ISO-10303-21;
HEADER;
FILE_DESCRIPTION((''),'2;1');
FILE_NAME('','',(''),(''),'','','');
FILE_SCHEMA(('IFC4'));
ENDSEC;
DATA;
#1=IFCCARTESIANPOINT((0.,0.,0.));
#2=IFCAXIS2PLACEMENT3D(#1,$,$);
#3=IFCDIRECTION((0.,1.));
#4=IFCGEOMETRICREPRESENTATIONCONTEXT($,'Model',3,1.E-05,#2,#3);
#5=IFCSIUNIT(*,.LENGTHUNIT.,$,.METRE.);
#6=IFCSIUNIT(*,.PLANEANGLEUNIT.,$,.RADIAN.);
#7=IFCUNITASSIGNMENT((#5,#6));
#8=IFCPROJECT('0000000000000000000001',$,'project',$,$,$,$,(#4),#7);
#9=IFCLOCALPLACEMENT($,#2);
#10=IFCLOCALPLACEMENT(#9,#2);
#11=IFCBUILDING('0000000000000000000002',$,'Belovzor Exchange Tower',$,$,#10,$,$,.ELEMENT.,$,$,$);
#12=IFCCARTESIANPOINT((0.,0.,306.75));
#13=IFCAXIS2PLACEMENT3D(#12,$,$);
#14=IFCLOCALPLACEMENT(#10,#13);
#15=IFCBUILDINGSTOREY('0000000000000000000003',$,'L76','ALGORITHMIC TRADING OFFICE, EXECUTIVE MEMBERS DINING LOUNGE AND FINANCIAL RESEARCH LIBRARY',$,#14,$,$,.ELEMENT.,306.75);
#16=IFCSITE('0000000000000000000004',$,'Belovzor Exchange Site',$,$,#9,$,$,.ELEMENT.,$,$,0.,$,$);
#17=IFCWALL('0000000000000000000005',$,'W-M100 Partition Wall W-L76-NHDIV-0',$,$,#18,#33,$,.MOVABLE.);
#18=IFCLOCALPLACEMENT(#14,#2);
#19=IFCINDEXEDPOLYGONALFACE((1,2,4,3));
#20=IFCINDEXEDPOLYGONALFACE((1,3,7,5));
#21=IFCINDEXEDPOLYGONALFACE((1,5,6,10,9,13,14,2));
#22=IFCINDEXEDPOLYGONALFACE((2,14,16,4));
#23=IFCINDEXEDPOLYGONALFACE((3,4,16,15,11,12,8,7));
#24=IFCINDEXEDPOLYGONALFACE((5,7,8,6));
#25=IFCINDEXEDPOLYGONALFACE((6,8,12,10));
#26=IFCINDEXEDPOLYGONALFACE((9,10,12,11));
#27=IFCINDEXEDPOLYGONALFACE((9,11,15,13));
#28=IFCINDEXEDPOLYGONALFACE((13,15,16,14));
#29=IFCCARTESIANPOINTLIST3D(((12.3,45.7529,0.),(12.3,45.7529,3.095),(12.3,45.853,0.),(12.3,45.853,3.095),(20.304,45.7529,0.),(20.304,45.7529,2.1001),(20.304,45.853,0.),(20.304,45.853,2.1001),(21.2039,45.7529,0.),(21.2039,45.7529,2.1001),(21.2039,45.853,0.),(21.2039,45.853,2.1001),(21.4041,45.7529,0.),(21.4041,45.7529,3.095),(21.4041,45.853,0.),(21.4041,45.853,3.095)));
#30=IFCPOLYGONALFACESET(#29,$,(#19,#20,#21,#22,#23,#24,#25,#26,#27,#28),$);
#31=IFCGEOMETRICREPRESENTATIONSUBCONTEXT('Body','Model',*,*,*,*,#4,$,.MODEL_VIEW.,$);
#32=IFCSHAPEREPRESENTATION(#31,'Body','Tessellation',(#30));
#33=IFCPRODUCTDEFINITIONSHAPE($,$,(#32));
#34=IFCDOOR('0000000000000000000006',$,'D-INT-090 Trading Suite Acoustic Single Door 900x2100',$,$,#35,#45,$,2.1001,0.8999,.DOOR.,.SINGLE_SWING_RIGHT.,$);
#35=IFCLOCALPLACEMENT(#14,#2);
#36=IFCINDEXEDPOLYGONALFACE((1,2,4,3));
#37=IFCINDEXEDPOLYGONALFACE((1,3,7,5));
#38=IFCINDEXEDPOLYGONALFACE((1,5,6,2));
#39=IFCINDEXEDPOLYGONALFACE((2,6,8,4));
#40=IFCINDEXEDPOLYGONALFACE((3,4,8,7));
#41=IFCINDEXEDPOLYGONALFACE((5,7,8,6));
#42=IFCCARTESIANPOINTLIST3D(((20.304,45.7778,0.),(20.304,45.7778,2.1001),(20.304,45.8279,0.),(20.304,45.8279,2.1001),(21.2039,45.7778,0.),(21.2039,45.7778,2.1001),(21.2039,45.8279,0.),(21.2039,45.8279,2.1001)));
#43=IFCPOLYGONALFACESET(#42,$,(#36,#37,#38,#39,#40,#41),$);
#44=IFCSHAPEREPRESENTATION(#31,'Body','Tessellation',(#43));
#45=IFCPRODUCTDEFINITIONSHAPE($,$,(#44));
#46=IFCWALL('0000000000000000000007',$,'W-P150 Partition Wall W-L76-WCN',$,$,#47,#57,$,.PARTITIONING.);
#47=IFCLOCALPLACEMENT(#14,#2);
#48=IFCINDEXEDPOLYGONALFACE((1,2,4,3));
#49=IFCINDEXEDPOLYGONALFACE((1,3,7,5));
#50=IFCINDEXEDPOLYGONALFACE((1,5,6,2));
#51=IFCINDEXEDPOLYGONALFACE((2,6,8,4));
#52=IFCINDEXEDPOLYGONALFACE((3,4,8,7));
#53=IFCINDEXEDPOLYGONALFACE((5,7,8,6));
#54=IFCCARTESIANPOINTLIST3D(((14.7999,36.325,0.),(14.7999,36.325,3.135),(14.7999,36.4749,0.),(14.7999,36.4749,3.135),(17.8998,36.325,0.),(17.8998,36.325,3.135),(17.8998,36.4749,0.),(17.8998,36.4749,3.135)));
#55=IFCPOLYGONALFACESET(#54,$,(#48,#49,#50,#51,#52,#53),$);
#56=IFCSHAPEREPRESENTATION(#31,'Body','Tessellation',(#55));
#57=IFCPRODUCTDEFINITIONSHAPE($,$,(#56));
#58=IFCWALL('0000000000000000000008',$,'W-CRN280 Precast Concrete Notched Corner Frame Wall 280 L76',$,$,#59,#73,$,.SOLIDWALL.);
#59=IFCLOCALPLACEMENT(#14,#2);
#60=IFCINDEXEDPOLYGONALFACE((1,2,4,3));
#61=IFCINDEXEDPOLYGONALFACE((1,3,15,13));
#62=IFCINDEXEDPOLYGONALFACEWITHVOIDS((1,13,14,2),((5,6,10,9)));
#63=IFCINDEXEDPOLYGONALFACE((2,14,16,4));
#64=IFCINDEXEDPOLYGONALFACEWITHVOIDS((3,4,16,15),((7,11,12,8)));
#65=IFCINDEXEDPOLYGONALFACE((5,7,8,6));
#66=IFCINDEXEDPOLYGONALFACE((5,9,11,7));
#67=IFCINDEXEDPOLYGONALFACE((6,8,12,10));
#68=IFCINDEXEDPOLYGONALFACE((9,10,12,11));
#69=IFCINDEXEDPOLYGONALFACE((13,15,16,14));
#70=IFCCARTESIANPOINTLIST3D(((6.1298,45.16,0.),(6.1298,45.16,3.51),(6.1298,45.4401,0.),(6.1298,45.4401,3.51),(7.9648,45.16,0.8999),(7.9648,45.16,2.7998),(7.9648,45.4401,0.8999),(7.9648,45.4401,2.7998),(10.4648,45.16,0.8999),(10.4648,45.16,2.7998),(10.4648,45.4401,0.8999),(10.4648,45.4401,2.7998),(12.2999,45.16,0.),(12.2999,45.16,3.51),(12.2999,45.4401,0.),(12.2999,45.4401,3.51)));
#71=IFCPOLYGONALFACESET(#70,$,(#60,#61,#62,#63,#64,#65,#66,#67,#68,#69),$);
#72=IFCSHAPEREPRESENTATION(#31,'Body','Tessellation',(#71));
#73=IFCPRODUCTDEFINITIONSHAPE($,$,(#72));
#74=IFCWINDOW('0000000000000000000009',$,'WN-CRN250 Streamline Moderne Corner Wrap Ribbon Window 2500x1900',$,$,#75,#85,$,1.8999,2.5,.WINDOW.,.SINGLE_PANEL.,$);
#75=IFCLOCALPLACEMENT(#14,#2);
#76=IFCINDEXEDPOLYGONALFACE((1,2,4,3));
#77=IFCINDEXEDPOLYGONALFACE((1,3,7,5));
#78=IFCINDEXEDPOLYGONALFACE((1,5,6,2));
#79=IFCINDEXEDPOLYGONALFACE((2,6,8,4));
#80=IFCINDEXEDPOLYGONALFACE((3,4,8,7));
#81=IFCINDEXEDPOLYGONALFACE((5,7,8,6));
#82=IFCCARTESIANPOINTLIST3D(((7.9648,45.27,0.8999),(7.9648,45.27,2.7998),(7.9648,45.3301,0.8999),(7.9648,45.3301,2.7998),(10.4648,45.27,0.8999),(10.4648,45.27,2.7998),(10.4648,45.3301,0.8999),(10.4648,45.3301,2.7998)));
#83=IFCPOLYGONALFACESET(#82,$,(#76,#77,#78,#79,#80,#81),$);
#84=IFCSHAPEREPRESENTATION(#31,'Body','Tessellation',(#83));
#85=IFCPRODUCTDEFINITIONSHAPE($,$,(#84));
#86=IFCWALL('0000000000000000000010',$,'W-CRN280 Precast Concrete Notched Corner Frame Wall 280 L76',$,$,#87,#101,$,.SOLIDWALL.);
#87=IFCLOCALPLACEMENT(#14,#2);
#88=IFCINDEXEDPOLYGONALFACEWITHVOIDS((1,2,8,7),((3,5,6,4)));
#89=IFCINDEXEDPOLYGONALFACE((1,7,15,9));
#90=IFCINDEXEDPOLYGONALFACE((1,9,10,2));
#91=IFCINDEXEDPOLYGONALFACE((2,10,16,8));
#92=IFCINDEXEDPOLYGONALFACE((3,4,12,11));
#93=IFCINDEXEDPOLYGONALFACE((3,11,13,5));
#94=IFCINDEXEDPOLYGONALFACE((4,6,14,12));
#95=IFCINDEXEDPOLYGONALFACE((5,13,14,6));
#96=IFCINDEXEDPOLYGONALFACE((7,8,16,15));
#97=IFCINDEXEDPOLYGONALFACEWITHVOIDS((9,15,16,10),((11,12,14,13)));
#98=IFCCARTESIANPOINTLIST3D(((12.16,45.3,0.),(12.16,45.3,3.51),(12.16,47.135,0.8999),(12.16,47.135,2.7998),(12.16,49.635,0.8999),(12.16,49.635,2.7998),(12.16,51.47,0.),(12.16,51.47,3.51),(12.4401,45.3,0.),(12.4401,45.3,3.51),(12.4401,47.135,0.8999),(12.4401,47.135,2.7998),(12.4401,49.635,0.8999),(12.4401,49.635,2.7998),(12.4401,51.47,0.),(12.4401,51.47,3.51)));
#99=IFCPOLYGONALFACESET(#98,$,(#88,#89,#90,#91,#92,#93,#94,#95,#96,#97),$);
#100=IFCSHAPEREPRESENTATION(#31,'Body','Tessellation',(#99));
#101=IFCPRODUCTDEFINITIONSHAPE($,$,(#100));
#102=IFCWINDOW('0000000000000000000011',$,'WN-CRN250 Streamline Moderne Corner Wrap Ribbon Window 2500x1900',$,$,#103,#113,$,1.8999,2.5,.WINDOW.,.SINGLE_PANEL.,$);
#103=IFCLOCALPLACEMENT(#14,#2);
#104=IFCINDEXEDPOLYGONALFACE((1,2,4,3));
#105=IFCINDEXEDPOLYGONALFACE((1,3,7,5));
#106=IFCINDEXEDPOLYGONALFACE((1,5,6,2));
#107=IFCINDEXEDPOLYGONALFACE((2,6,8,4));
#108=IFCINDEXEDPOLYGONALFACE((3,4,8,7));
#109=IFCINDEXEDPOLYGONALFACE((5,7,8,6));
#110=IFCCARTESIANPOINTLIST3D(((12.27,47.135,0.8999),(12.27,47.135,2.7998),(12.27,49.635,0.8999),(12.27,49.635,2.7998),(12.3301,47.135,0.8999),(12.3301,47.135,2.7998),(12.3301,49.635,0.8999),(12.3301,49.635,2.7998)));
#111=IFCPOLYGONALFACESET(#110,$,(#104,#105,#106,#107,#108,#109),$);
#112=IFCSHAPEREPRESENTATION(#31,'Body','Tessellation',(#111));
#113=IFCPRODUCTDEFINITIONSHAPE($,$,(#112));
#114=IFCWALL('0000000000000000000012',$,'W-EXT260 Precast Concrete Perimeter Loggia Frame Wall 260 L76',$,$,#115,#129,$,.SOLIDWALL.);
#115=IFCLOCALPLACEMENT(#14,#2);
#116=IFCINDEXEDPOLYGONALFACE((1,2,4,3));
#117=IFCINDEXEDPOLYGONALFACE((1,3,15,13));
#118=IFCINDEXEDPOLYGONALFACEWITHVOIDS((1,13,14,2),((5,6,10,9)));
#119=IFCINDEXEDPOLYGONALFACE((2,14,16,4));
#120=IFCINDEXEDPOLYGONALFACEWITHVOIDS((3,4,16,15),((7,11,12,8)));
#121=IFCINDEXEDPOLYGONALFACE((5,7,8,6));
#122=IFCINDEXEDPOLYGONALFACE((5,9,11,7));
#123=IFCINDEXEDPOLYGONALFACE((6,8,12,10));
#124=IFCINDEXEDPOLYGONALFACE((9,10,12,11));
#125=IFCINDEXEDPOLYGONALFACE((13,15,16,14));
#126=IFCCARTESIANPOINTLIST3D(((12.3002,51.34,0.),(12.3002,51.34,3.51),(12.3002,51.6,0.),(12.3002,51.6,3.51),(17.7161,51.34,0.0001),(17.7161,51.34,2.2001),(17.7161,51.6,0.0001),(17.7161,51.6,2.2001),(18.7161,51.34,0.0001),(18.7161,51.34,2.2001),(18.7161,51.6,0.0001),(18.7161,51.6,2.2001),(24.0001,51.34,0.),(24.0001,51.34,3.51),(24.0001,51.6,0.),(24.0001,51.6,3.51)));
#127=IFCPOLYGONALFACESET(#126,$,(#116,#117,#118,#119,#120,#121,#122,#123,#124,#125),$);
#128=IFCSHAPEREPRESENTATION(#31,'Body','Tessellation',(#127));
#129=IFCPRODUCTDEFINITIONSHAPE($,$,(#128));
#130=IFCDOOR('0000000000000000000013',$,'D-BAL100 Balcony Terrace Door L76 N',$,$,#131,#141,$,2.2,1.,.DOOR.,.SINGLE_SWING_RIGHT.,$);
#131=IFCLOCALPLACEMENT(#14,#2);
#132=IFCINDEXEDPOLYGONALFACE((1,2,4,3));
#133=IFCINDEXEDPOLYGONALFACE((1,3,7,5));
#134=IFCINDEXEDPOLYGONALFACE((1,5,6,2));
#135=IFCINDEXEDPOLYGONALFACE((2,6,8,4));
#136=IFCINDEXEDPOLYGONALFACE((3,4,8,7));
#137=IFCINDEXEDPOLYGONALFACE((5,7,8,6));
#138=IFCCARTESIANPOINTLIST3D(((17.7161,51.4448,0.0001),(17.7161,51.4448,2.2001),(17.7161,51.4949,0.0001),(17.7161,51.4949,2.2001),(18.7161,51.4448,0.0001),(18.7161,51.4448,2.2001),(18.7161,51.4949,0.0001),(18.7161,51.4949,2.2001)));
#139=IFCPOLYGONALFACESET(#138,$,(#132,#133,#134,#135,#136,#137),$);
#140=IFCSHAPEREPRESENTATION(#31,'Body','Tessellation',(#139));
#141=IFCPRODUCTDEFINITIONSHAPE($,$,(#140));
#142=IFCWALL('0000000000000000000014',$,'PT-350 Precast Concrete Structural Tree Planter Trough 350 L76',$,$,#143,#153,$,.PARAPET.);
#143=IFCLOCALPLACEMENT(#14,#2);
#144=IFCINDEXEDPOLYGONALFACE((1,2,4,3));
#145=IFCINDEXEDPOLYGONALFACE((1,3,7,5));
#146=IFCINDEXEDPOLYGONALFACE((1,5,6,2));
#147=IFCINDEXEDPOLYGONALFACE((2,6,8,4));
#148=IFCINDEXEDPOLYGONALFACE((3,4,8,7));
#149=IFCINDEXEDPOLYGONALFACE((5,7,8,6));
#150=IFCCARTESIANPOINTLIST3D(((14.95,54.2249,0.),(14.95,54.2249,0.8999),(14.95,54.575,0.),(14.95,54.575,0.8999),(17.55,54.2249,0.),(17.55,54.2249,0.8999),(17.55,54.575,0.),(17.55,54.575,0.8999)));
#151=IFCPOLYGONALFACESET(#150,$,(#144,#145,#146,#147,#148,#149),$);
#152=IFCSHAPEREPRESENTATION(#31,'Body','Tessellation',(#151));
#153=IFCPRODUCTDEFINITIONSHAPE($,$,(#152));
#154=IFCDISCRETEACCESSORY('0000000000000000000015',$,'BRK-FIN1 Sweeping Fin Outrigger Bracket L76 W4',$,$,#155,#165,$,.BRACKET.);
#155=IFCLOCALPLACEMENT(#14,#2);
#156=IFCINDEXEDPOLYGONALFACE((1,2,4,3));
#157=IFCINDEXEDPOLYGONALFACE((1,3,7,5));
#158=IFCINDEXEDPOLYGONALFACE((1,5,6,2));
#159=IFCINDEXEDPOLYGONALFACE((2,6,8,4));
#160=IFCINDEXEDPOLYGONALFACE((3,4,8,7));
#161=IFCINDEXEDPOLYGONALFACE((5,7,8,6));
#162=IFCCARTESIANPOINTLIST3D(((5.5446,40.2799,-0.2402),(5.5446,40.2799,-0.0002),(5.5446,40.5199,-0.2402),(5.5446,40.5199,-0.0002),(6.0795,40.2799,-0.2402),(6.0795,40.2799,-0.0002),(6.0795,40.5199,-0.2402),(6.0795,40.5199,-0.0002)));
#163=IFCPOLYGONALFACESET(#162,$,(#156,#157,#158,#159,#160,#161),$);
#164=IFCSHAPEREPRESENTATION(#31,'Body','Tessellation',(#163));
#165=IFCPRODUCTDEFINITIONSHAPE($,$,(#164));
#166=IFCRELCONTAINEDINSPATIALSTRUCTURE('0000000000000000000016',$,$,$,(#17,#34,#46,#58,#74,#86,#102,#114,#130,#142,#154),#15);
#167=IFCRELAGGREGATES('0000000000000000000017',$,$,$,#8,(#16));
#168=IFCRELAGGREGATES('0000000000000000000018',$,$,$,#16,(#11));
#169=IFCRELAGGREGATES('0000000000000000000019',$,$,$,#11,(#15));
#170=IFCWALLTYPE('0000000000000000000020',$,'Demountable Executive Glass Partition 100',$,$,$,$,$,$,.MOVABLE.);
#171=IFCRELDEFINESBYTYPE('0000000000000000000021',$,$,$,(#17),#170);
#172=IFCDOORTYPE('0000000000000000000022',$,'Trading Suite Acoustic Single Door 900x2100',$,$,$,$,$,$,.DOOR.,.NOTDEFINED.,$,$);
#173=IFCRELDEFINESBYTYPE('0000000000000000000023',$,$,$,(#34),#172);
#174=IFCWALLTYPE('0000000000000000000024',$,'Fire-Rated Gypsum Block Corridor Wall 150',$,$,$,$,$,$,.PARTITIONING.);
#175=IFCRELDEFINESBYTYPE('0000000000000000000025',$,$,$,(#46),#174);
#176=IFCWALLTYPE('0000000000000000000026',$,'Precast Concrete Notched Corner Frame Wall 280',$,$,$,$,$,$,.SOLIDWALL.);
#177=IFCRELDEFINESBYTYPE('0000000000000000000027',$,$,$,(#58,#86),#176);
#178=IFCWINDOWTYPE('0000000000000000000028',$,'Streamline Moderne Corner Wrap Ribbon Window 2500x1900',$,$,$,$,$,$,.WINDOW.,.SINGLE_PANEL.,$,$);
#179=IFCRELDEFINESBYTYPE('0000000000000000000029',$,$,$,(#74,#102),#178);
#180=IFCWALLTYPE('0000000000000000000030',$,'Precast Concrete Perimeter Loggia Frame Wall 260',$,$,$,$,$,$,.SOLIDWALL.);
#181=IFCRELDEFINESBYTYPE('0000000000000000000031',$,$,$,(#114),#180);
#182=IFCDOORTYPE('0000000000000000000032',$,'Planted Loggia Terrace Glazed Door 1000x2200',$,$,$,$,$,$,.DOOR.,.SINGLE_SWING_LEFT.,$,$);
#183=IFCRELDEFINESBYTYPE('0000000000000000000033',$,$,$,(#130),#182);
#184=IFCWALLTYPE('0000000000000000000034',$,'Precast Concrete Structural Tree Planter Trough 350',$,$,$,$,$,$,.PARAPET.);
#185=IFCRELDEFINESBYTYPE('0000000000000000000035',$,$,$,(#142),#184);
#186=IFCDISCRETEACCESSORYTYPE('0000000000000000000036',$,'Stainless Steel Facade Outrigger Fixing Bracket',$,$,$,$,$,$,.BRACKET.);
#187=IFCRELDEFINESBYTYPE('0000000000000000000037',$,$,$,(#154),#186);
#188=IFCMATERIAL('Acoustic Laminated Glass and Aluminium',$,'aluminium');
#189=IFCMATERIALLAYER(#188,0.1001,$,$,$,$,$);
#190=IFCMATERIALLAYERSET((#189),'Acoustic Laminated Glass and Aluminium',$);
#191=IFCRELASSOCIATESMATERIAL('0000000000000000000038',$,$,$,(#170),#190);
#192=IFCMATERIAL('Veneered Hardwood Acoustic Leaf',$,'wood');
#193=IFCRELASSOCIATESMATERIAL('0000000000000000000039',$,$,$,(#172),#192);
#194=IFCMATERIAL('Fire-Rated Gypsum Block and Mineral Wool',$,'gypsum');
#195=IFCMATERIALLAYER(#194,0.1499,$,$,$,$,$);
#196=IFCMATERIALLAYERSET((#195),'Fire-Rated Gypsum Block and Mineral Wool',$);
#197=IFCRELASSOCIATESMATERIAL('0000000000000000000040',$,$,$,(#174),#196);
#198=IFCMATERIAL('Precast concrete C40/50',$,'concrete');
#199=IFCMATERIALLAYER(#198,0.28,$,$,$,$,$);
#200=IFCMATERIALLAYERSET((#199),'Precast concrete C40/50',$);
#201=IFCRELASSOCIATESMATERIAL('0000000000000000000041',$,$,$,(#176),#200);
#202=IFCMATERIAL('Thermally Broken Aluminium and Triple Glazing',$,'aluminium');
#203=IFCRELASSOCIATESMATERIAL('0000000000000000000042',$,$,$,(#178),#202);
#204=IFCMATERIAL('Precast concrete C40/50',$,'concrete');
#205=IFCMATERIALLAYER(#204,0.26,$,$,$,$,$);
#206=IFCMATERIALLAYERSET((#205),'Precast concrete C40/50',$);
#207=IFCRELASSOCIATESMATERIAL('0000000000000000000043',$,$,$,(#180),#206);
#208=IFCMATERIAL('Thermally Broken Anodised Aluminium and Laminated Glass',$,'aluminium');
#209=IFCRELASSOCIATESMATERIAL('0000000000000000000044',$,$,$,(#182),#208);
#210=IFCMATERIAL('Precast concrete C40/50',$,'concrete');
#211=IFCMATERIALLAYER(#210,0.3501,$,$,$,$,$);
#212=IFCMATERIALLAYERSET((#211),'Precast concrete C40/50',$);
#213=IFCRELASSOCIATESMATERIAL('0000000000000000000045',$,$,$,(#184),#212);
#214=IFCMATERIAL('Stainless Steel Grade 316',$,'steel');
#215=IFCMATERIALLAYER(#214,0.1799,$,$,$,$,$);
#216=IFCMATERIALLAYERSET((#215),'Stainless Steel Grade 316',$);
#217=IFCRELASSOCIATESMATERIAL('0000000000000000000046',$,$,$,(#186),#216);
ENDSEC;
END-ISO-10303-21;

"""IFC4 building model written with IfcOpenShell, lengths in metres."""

from ifc_helpers import new_model, si_unit, direction, frame, frame_2d, origin, origin_2d, place, context, subcontext, project, spatial, rectangle, extrude, material, layer, layer_set, type_object, element, fill, save


model = new_model("IFC4")

# Units and contexts
model_context = context("Model", 3, precision=1e-05, world=origin(), true_north=direction((0.0, 1.0)))
body_context = subcontext(model_context, "Body", "Model", "MODEL_VIEW")
ifc_project = project(units=[si_unit("LENGTHUNIT", "METRE"), si_unit("PLANEANGLEUNIT", "RADIAN")], contexts=[model_context])

# Site, building, storey
site_placement = place(None, origin())
site = spatial("IfcSite", under=ifc_project, at=site_placement, Name="Belovzor Exchange Site", CompositionType="ELEMENT", RefElevation=0.0)
building_placement = place(site_placement, origin())
building = spatial("IfcBuilding", under=site, at=building_placement, Name="Belovzor Exchange Tower", CompositionType="ELEMENT")
storey_placement = place(building_placement, frame((0.0, 0.0, 306.75)))
storey = spatial("IfcBuildingStorey", under=building, at=storey_placement, Name="L76", Description="ALGORITHMIC TRADING OFFICE, EXECUTIVE MEMBERS DINING LOUNGE AND FINANCIAL RESEARCH LIBRARY", CompositionType="ELEMENT", Elevation=306.75)

# Wall, opening, door
ifc_material_1 = material(Name="Acoustic Laminated Glass and Aluminium", Category="aluminium")
ifc_layer_1 = layer(ifc_material_1, 0.1001)
ifc_layer_set_1 = layer_set([ifc_layer_1], Name="Acoustic Laminated Glass and Aluminium")
wall_type_1 = type_object("IfcWallType", Name="Demountable Executive Glass Partition 100", PredefinedType="MOVABLE", material=ifc_layer_set_1)
wall_1_placement = place(storey_placement, frame((12.3, 45.803, 0.0), z_axis=(0.0, 0.0, 1.0), x_axis=(1.0, 0.0, 0.0)))
wall_1 = element("IfcWall", 1, at=wall_1_placement, inside=storey, type_object=wall_type_1, Name="W-M100 Partition Wall W-L76-NHDIV-0", PredefinedType="MOVABLE", context=body_context, shape_type="SweptSolid", body=[
    extrude(rectangle(XDim=9.104, YDim=0.1001, at=frame_2d((4.552, 0.0))), origin(), (0.0, 0.0, 1.0), 3.095),
])
opening_1_placement = place(wall_1_placement, frame((8.0039, 0.0, 0.0)))
opening_1 = element("IfcOpeningElement", 2, at=opening_1_placement, cuts=wall_1, PredefinedType="OPENING", context=body_context, shape_type="SweptSolid", body=[
    extrude(rectangle(XDim=0.8999, YDim=2.1001, at=frame_2d((0.45, 1.05))), frame((0.0, 0.0601, 0.0), z_axis=(0.0, -1.0, 0.0), x_axis=(1.0, 0.0, 0.0)), (0.0, 0.0, 1.0), 0.1201),
])
ifc_material_2 = material(Name="Veneered Hardwood Acoustic Leaf", Category="wood")
door_type_1 = type_object("IfcDoorType", Name="Trading Suite Acoustic Single Door 900x2100", OperationType="NOTDEFINED", PredefinedType="DOOR", material=ifc_material_2)
door_1_placement = place(opening_1_placement, origin())
door_1 = element("IfcDoor", 3, at=door_1_placement, inside=storey, type_object=door_type_1, Name="D-INT-090 Trading Suite Acoustic Single Door 900x2100", OperationType="SINGLE_SWING_RIGHT", OverallHeight=2.1001, OverallWidth=0.8999, PredefinedType="DOOR", context=body_context, shape_type="SweptSolid", body=[
    extrude(rectangle(XDim=0.8999, YDim=2.1001, at=frame_2d((0.45, 1.05))), frame((0.0, 0.0249, 0.0), z_axis=(0.0, -1.0, 0.0), x_axis=(1.0, 0.0, 0.0)), (0.0, 0.0, 1.0), 0.05),
])
fill(opening_1, door_1)

# Wall
ifc_material_3 = material(Name="Fire-Rated Gypsum Block and Mineral Wool", Category="gypsum")
ifc_layer_2 = layer(ifc_material_3, 0.1499)
ifc_layer_set_2 = layer_set([ifc_layer_2], Name="Fire-Rated Gypsum Block and Mineral Wool")
wall_type_2 = type_object("IfcWallType", Name="Fire-Rated Gypsum Block Corridor Wall 150", PredefinedType="PARTITIONING", material=ifc_layer_set_2)
wall_2_placement = place(storey_placement, frame((14.8, 36.3999, 0.0), z_axis=(0.0, 0.0, 1.0), x_axis=(1.0, 0.0, 0.0)))
element("IfcWall", 4, at=wall_2_placement, inside=storey, type_object=wall_type_2, Name="W-P150 Partition Wall W-L76-WCN", PredefinedType="PARTITIONING", context=body_context, shape_type="SweptSolid", body=[
    extrude(rectangle(XDim=3.0999, YDim=0.1499, at=frame_2d((1.5498, 0.0))), origin(), (0.0, 0.0, 1.0), 3.135),
])

# Walls, openings, windows
ifc_material_4 = material(Name="Precast concrete C40/50", Category="concrete")
ifc_layer_3 = layer(ifc_material_4, 0.28)
ifc_layer_set_3 = layer_set([ifc_layer_3], Name="Precast concrete C40/50")
wall_type_3 = type_object("IfcWallType", Name="Precast Concrete Notched Corner Frame Wall 280", PredefinedType="SOLIDWALL", material=ifc_layer_set_3)
wall_3_placement = place(storey_placement, frame((6.1299, 45.3, 0.0), z_axis=(0.0, 0.0, 1.0), x_axis=(1.0, 0.0, 0.0)))
wall_3 = element("IfcWall", 5, at=wall_3_placement, inside=storey, type_object=wall_type_3, Name="W-CRN280 Precast Concrete Notched Corner Frame Wall 280 L76", PredefinedType="SOLIDWALL", context=body_context, shape_type="SweptSolid", body=[
    extrude(rectangle(XDim=6.1702, YDim=0.28, at=frame_2d((3.085, 0.0))), origin(), (0.0, 0.0, 1.0), 3.51),
])
opening_2_placement = place(wall_3_placement, frame((1.835, 0.0, 0.8999)))
opening_2 = element("IfcOpeningElement", 6, at=opening_2_placement, cuts=wall_3, PredefinedType="OPENING", context=body_context, shape_type="SweptSolid", body=[
    extrude(rectangle(XDim=2.5, YDim=1.8999, at=frame_2d((1.25, 0.95))), frame((0.0, 0.1499, 0.0), z_axis=(0.0, -1.0, 0.0), x_axis=(1.0, 0.0, 0.0)), (0.0, 0.0, 1.0), 0.3),
])
ifc_material_5 = material(Name="Thermally Broken Aluminium and Triple Glazing", Category="aluminium")
window_type = type_object("IfcWindowType", Name="Streamline Moderne Corner Wrap Ribbon Window 2500x1900", PartitioningType="SINGLE_PANEL", PredefinedType="WINDOW", material=ifc_material_5)
window_1_placement = place(opening_2_placement, origin())
window_1 = element("IfcWindow", 7, at=window_1_placement, inside=storey, type_object=window_type, Name="WN-CRN250 Streamline Moderne Corner Wrap Ribbon Window 2500x1900", OverallHeight=1.8999, OverallWidth=2.5, PartitioningType="SINGLE_PANEL", PredefinedType="WINDOW", context=body_context, shape_type="SweptSolid", body=[
    extrude(rectangle(XDim=2.5, YDim=1.8999, at=frame_2d((1.25, 0.95))), frame((0.0, 0.03, 0.0), z_axis=(0.0, -1.0, 0.0), x_axis=(1.0, 0.0, 0.0)), (0.0, 0.0, 1.0), 0.0601),
])
fill(opening_2, window_1)
wall_4_placement = place(storey_placement, frame((12.3, 45.3, 0.0), z_axis=(0.0, 0.0, 1.0), x_axis=(0.0, 1.0, 0.0)))
wall_4 = element("IfcWall", 8, at=wall_4_placement, inside=storey, type_object=wall_type_3, Name="W-CRN280 Precast Concrete Notched Corner Frame Wall 280 L76", PredefinedType="SOLIDWALL", context=body_context, shape_type="SweptSolid", body=[
    extrude(rectangle(XDim=6.1699, YDim=0.28, at=frame_2d((3.085, 0.0))), origin(), (0.0, 0.0, 1.0), 3.51),
])
opening_3_placement = place(wall_4_placement, frame((1.835, 0.0, 0.8999)))
opening_3 = element("IfcOpeningElement", 9, at=opening_3_placement, cuts=wall_4, PredefinedType="OPENING", context=body_context, shape_type="SweptSolid", body=[
    extrude(rectangle(XDim=2.5, YDim=1.8999, at=frame_2d((1.25, 0.95))), frame((0.0, 0.1499, 0.0), z_axis=(0.0, -1.0, 0.0), x_axis=(1.0, 0.0, 0.0)), (0.0, 0.0, 1.0), 0.3),
])
window_2_placement = place(opening_3_placement, origin())
window_2 = element("IfcWindow", 10, at=window_2_placement, inside=storey, type_object=window_type, Name="WN-CRN250 Streamline Moderne Corner Wrap Ribbon Window 2500x1900", OverallHeight=1.8999, OverallWidth=2.5, PartitioningType="SINGLE_PANEL", PredefinedType="WINDOW", context=body_context, shape_type="SweptSolid", body=[
    extrude(rectangle(XDim=2.5, YDim=1.8999, at=frame_2d((1.25, 0.95))), frame((0.0, 0.03, 0.0), z_axis=(0.0, -1.0, 0.0), x_axis=(1.0, 0.0, 0.0)), (0.0, 0.0, 1.0), 0.0601),
])
fill(opening_3, window_2)

# Wall, opening, door
ifc_material_6 = material(Name="Precast concrete C40/50", Category="concrete")
ifc_layer_4 = layer(ifc_material_6, 0.26)
ifc_layer_set_4 = layer_set([ifc_layer_4], Name="Precast concrete C40/50")
wall_type_4 = type_object("IfcWallType", Name="Precast Concrete Perimeter Loggia Frame Wall 260", PredefinedType="SOLIDWALL", material=ifc_layer_set_4)
wall_5_placement = place(storey_placement, frame((12.3, 51.47, 0.0), z_axis=(0.0, 0.0, 1.0), x_axis=(1.0, 0.0, 0.0)))
wall_5 = element("IfcWall", 11, at=wall_5_placement, inside=storey, type_object=wall_type_4, Name="W-EXT260 Precast Concrete Perimeter Loggia Frame Wall 260 L76", PredefinedType="SOLIDWALL", context=body_context, shape_type="SweptSolid", body=[
    extrude(rectangle(XDim=11.7, YDim=0.26, at=frame_2d((5.8501, 0.0))), origin(), (0.0, 0.0, 1.0), 3.51),
])
opening_4_placement = place(wall_5_placement, frame((5.416, 0.0, 0.0)))
opening_4 = element("IfcOpeningElement", 12, at=opening_4_placement, cuts=wall_5, PredefinedType="OPENING", context=body_context, shape_type="SweptSolid", body=[
    extrude(rectangle(XDim=1.0, YDim=2.2, at=frame_2d((0.5, 1.1001))), frame((0.0, 0.1399, 0.0), z_axis=(0.0, -1.0, 0.0), x_axis=(1.0, 0.0, 0.0)), (0.0, 0.0, 1.0), 0.28),
])
ifc_material_7 = material(Name="Thermally Broken Anodised Aluminium and Laminated Glass", Category="aluminium")
door_type_2 = type_object("IfcDoorType", Name="Planted Loggia Terrace Glazed Door 1000x2200", OperationType="SINGLE_SWING_LEFT", PredefinedType="DOOR", material=ifc_material_7)
door_2_placement = place(opening_4_placement, origin())
door_2 = element("IfcDoor", 13, at=door_2_placement, inside=storey, type_object=door_type_2, Name="D-BAL100 Balcony Terrace Door L76 N", OperationType="SINGLE_SWING_RIGHT", OverallHeight=2.2, OverallWidth=1.0, PredefinedType="DOOR", context=body_context, shape_type="SweptSolid", body=[
    extrude(rectangle(XDim=1.0, YDim=2.2, at=frame_2d((0.5, 1.1001))), frame((0.0, 0.0249, 0.0), z_axis=(0.0, -1.0, 0.0), x_axis=(1.0, 0.0, 0.0)), (0.0, 0.0, 1.0), 0.05),
])
fill(opening_4, door_2)

# Wall
ifc_material_8 = material(Name="Precast concrete C40/50", Category="concrete")
ifc_layer_5 = layer(ifc_material_8, 0.3501)
ifc_layer_set_5 = layer_set([ifc_layer_5], Name="Precast concrete C40/50")
wall_type_5 = type_object("IfcWallType", Name="Precast Concrete Structural Tree Planter Trough 350", PredefinedType="PARAPET", material=ifc_layer_set_5)
wall_6_placement = place(storey_placement, frame((14.95, 54.3999, 0.0), z_axis=(0.0, 0.0, 1.0), x_axis=(1.0, 0.0, 0.0)))
element("IfcWall", 14, at=wall_6_placement, inside=storey, type_object=wall_type_5, Name="PT-350 Precast Concrete Structural Tree Planter Trough 350 L76", PredefinedType="PARAPET", context=body_context, shape_type="SweptSolid", body=[
    extrude(rectangle(XDim=2.6001, YDim=0.3501, at=frame_2d((1.3, 0.0))), origin(), (0.0, 0.0, 1.0), 0.8999),
])

# Discrete accessory
ifc_material_9 = material(Name="Stainless Steel Grade 316", Category="steel")
ifc_layer_6 = layer(ifc_material_9, 0.1799)
ifc_layer_set_6 = layer_set([ifc_layer_6], Name="Stainless Steel Grade 316")
discrete_accessory_type = type_object("IfcDiscreteAccessoryType", Name="Stainless Steel Facade Outrigger Fixing Bracket", PredefinedType="BRACKET", material=ifc_layer_set_6)
discrete_accessory_placement = place(storey_placement, frame((5.812, 40.3999, -0.2402), z_axis=(0.0, 0.0, 1.0), x_axis=(1.0, 0.0, 0.0)))
element("IfcDiscreteAccessory", 15, at=discrete_accessory_placement, inside=storey, type_object=discrete_accessory_type, Name="BRK-FIN1 Sweeping Fin Outrigger Bracket L76 W4", PredefinedType="BRACKET", context=body_context, shape_type="SweptSolid", body=[
    extrude(rectangle(XDim=0.5349, YDim=0.24, at=origin_2d()), origin(), (0.0, 0.0, 1.0), 0.24),
])

save(model, "model.ifc")
